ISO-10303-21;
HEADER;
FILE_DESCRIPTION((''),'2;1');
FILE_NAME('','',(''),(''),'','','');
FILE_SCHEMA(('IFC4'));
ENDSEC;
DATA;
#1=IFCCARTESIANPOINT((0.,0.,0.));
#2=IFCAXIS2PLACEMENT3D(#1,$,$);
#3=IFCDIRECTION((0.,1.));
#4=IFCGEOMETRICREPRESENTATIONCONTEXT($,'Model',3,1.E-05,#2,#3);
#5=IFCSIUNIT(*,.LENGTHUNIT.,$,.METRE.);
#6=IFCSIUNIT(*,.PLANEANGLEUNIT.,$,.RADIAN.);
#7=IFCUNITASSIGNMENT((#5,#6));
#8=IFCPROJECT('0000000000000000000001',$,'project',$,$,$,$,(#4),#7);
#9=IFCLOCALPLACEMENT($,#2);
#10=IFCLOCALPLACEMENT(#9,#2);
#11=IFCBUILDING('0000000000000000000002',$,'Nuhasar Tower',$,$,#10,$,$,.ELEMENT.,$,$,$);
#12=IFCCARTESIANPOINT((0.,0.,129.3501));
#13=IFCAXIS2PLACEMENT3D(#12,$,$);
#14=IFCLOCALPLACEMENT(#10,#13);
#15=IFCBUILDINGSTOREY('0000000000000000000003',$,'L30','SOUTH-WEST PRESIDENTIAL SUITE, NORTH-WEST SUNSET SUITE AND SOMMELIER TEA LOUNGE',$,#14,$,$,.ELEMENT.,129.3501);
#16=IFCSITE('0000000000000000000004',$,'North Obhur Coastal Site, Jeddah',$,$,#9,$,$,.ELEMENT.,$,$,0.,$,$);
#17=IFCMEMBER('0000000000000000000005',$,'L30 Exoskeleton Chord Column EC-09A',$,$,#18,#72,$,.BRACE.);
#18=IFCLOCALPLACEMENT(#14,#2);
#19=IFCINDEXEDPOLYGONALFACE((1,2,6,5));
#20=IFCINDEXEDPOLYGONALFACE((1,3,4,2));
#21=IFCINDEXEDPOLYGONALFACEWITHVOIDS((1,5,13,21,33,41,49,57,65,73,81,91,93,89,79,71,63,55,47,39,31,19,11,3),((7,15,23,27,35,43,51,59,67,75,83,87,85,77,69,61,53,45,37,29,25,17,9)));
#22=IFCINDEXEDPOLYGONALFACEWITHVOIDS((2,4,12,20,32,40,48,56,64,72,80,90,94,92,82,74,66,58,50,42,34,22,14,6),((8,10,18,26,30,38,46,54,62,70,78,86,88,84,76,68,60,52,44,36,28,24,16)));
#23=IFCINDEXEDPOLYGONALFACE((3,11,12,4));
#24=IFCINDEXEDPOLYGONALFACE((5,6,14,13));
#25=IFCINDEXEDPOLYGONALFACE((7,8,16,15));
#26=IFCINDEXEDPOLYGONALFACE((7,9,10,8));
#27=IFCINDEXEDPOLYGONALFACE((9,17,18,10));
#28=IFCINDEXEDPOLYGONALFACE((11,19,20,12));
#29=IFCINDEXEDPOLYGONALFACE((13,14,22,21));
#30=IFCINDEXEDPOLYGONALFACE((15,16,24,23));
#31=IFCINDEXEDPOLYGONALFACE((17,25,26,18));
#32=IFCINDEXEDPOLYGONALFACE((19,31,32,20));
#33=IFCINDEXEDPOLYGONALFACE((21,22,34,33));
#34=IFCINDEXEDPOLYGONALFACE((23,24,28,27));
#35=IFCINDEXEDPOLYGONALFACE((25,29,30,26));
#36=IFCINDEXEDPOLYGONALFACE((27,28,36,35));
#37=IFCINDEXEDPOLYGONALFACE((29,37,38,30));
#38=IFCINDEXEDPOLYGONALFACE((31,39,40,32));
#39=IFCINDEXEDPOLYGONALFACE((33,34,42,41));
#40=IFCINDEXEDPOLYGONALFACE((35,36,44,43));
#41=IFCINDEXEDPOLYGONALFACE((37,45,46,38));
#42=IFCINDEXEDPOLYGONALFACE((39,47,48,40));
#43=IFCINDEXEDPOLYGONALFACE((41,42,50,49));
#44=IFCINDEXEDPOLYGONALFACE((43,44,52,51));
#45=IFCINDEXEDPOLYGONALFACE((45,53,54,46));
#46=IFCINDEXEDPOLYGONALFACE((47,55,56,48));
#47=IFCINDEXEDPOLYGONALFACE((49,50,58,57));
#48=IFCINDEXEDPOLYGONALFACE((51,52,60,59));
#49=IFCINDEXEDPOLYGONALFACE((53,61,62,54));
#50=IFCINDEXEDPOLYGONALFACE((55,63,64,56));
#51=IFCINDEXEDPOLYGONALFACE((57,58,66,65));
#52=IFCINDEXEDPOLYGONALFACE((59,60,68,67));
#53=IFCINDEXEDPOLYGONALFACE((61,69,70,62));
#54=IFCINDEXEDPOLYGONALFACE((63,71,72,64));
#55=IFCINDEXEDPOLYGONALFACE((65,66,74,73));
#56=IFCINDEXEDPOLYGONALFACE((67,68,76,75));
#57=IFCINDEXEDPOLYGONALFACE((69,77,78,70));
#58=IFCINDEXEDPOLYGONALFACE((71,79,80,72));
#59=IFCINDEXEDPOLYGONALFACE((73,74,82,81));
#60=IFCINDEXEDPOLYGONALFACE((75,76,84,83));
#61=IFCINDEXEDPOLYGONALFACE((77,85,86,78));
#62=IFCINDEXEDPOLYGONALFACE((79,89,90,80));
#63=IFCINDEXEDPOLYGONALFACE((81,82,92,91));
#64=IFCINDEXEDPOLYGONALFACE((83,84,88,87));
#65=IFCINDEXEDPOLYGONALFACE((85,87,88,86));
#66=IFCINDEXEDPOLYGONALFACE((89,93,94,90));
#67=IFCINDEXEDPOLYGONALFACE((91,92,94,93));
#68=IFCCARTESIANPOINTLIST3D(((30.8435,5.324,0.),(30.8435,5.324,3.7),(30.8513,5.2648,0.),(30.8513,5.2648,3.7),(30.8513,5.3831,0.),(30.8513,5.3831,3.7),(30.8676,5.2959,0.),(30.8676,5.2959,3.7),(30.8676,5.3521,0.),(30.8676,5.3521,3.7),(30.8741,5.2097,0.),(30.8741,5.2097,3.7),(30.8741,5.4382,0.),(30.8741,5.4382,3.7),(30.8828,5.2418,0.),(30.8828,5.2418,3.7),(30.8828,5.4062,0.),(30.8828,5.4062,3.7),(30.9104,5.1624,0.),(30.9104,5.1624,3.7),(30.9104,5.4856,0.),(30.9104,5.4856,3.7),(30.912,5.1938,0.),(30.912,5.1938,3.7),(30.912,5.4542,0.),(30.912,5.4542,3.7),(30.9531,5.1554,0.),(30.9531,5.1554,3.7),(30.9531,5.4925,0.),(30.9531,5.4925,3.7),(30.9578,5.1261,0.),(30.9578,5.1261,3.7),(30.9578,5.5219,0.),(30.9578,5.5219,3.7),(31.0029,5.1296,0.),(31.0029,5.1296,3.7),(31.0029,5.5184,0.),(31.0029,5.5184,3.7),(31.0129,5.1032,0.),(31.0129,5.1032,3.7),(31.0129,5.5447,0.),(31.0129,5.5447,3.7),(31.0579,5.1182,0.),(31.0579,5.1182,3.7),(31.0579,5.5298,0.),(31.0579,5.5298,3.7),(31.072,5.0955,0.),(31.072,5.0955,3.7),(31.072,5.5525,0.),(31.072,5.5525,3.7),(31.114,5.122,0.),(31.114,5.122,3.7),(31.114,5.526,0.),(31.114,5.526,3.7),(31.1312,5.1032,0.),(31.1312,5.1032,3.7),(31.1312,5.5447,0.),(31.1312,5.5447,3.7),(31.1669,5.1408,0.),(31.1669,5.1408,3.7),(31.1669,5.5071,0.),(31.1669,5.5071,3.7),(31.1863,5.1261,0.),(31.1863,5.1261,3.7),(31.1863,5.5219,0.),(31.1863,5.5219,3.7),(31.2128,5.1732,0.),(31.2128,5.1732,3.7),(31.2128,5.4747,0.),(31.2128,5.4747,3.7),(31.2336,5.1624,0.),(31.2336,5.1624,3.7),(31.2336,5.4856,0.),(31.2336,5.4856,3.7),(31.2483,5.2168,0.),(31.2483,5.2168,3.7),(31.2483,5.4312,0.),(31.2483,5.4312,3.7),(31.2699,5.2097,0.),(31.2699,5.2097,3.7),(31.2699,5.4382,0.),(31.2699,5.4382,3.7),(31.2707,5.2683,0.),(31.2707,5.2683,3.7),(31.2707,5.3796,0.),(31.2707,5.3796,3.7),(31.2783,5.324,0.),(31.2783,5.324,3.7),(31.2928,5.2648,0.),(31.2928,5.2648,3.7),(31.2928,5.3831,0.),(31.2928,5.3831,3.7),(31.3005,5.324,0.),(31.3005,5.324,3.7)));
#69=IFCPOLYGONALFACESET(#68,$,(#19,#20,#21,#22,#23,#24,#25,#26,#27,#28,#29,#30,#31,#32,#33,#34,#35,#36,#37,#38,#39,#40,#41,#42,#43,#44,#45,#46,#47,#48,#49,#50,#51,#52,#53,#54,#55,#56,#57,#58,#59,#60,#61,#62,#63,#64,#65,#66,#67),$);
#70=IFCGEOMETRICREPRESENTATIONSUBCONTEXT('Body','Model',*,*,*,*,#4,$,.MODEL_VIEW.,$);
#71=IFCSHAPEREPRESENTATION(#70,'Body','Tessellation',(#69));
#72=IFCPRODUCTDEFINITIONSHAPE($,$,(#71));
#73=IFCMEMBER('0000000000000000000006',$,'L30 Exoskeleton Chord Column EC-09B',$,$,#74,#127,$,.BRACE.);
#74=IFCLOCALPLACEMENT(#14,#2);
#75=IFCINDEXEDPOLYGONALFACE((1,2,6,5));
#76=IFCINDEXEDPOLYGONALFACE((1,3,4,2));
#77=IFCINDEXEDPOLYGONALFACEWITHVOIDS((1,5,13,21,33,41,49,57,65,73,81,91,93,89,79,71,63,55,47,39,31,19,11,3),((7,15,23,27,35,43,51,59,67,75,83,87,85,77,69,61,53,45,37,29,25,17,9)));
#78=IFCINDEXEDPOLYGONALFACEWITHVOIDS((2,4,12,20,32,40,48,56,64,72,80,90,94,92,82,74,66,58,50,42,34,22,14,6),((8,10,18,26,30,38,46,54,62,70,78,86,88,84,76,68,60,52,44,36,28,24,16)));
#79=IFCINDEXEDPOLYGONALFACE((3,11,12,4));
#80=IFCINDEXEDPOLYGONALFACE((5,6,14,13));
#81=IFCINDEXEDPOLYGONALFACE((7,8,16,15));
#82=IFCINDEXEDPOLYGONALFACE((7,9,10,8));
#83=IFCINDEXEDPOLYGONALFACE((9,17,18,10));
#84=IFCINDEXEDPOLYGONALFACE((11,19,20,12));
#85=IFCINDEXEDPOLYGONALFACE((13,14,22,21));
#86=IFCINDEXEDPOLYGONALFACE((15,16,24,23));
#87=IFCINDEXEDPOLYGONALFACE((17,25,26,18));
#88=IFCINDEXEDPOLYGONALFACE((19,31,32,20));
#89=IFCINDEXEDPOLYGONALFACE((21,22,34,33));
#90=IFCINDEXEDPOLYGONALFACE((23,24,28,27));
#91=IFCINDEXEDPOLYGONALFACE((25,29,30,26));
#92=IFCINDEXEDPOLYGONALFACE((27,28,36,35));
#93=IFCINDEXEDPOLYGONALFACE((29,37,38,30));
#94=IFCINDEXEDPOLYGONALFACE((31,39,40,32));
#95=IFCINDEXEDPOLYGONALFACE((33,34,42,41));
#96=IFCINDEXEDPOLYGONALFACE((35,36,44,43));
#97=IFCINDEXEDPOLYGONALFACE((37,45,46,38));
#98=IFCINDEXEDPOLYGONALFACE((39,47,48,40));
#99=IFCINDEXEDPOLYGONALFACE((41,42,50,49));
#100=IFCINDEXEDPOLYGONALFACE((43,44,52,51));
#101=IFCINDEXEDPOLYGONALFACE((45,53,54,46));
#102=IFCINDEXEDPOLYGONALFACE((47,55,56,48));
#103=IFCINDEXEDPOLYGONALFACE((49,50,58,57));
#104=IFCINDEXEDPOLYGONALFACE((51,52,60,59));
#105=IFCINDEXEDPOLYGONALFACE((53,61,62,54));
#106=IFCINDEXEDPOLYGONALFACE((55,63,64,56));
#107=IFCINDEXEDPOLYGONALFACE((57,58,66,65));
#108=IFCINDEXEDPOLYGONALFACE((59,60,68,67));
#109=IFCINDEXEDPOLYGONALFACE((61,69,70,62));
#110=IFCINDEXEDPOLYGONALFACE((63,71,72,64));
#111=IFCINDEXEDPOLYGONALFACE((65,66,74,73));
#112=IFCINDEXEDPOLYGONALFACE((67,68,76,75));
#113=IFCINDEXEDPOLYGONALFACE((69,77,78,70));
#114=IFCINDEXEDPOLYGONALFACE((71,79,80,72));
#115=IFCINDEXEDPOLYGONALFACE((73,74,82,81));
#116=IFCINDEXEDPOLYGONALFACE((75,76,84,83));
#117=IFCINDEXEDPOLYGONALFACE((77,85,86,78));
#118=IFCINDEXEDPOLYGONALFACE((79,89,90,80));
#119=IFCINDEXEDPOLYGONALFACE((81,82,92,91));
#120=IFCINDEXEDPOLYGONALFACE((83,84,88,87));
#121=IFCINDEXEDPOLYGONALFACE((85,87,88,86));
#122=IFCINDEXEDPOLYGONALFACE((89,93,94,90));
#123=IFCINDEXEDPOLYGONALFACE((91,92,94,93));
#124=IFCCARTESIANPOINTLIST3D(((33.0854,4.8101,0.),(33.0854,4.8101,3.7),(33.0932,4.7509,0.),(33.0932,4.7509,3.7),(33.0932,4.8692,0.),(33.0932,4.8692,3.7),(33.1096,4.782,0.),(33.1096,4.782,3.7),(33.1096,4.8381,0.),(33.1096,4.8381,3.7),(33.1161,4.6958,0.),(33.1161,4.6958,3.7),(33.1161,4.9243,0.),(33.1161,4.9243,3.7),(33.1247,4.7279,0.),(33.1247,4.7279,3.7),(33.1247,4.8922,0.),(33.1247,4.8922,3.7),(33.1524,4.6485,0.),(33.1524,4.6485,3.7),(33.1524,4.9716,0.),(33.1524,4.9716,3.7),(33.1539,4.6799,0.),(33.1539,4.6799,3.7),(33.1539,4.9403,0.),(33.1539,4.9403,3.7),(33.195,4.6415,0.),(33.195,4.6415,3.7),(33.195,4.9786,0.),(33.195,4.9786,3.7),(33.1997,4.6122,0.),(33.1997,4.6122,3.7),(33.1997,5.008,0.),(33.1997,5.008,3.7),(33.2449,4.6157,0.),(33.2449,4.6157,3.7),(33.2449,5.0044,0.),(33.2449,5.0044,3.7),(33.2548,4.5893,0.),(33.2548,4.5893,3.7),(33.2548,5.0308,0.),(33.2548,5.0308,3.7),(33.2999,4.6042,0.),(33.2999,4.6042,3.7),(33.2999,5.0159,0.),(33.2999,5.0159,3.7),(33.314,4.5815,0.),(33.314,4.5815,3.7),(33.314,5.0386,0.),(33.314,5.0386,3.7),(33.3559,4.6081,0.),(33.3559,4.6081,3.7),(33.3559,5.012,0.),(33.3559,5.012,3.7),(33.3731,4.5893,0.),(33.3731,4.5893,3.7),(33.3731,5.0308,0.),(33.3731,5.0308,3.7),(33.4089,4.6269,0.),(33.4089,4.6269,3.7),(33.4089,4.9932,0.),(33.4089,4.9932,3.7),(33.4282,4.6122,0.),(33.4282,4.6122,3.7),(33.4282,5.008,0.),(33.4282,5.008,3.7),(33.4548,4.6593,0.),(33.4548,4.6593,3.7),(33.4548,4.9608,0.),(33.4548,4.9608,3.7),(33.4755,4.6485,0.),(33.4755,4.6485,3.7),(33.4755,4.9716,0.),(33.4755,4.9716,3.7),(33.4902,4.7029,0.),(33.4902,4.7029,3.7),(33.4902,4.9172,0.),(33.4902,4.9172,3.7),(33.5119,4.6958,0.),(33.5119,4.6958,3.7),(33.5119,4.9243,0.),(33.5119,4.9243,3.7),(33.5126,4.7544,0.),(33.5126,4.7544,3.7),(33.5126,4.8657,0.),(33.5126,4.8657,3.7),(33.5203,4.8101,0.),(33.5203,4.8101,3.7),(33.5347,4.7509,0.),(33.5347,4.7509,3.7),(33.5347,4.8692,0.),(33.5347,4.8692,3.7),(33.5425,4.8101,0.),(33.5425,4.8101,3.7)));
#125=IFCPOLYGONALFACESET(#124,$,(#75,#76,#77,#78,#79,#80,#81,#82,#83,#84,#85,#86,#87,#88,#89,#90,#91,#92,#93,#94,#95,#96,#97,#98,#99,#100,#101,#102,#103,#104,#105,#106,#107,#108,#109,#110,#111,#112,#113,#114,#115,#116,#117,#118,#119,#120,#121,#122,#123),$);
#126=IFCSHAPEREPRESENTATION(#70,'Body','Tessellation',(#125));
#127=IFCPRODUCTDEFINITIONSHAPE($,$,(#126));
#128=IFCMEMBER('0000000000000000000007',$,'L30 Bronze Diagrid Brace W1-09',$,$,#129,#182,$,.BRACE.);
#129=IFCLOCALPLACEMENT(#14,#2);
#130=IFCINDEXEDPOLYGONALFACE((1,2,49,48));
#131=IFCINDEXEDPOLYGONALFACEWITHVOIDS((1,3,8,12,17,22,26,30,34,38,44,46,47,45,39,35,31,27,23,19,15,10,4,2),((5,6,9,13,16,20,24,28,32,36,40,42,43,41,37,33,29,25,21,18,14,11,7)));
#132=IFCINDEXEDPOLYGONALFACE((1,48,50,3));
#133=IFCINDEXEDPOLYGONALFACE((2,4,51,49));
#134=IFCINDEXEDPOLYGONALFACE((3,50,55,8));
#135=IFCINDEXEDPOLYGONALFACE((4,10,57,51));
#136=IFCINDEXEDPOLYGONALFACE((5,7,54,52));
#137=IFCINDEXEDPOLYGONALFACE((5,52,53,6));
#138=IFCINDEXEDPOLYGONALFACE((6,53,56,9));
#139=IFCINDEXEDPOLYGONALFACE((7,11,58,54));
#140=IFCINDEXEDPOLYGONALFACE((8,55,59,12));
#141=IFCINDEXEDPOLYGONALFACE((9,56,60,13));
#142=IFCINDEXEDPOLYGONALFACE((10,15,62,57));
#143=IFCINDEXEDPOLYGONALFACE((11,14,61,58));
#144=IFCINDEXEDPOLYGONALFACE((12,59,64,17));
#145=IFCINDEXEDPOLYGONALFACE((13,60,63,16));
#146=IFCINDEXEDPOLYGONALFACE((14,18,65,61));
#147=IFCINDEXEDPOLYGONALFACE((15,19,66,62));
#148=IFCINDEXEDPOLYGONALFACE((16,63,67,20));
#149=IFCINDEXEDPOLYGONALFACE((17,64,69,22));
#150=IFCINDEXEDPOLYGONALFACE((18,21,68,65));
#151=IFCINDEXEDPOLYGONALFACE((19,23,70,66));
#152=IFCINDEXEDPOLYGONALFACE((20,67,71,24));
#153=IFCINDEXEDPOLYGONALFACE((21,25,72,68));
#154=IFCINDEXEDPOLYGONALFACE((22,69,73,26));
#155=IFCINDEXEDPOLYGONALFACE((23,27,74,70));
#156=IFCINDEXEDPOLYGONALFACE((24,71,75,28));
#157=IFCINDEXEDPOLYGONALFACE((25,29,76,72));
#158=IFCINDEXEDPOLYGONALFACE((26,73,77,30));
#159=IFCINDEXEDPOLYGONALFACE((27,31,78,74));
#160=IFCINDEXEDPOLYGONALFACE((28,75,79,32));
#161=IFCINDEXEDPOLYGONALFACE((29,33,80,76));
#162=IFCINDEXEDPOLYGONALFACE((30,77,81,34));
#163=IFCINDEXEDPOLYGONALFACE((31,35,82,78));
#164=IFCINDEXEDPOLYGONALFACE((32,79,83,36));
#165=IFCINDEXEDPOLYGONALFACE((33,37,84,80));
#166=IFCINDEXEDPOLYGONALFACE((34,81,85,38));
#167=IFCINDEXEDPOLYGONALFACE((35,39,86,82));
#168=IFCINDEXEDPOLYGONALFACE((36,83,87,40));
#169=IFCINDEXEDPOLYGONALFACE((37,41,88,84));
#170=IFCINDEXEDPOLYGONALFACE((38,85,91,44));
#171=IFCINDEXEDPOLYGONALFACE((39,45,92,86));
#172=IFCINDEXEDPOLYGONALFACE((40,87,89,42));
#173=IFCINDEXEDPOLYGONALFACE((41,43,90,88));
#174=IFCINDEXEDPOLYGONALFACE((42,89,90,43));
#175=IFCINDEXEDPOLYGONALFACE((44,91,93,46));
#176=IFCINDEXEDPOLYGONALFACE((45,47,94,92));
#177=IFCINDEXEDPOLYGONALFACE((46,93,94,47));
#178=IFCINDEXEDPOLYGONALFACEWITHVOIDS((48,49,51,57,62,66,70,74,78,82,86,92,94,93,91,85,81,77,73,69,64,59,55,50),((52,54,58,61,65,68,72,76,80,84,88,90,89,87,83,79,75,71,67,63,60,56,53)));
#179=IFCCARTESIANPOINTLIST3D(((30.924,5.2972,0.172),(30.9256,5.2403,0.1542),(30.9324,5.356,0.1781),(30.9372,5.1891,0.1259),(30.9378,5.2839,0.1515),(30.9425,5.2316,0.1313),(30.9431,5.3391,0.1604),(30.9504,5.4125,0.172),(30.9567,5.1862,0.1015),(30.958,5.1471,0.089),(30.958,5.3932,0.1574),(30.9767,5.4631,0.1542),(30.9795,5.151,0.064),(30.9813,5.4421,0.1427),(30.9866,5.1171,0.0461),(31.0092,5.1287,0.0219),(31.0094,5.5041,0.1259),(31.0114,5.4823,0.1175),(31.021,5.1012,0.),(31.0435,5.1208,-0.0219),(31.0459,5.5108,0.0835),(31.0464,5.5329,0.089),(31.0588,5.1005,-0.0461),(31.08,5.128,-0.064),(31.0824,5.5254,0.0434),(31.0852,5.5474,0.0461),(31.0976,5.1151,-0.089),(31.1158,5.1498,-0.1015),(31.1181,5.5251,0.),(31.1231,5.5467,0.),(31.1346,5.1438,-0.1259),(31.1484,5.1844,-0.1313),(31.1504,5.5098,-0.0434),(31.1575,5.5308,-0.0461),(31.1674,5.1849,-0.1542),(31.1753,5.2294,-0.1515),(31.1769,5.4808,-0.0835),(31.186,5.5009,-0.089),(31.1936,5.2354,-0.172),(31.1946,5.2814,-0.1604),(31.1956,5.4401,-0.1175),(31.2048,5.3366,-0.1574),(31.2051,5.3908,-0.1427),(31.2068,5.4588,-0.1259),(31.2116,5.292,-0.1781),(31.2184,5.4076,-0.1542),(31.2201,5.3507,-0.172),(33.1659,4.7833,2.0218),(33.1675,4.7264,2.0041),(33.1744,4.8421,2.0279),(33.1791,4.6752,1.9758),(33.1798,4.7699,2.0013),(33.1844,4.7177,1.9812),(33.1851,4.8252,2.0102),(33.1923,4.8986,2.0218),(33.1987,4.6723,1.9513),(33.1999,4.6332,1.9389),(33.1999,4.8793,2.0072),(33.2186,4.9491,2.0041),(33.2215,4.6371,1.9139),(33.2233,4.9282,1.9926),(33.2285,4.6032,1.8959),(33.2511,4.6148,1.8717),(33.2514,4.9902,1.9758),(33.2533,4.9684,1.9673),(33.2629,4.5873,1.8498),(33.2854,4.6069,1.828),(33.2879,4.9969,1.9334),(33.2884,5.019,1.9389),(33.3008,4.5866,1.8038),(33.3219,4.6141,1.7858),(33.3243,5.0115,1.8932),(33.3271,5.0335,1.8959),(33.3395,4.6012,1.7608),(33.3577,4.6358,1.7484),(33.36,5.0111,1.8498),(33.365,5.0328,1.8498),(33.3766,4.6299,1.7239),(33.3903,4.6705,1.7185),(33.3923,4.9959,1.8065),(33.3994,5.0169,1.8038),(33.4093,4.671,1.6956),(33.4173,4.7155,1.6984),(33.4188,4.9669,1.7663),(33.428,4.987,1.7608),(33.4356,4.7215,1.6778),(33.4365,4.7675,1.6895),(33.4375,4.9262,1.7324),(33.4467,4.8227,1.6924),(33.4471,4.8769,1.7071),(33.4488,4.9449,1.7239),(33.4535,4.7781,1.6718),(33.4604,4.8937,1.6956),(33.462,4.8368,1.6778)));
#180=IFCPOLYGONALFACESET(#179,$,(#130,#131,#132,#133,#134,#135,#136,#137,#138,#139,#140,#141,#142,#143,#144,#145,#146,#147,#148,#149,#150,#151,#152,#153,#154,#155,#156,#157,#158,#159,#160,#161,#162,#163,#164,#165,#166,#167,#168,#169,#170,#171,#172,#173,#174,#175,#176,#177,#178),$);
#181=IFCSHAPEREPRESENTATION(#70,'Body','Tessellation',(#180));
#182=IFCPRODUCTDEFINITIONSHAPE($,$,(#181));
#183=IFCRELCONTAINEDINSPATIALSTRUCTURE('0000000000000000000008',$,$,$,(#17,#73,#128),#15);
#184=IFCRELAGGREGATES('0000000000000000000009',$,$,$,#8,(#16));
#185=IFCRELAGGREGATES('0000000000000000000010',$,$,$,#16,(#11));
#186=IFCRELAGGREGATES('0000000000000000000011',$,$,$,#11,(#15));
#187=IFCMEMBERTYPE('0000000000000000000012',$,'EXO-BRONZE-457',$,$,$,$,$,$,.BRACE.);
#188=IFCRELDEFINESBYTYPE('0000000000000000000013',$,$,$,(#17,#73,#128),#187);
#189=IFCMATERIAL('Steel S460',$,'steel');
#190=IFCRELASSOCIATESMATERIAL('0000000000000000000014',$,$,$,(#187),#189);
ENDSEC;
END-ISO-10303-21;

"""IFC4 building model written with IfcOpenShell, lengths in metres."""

from ifc_helpers import new_model, si_unit, direction, frame, origin, origin_2d, place, context, subcontext, project, spatial, hollow_circle, extrude, material, material_profile, profile_set, type_object, element, save


model = new_model("IFC4")

# Units and contexts
model_context = context("Model", 3, precision=1e-05, world=origin(), true_north=direction((0.0, 1.0)))
body_context = subcontext(model_context, "Body", "Model", "MODEL_VIEW")
ifc_project = project(units=[si_unit("LENGTHUNIT", "METRE"), si_unit("PLANEANGLEUNIT", "RADIAN")], contexts=[model_context])

# Site, building, storey
site_placement = place(None, origin())
site = spatial("IfcSite", under=ifc_project, at=site_placement, Name="North Obhur Coastal Site, Jeddah", CompositionType="ELEMENT", RefElevation=0.0)
building_placement = place(site_placement, origin())
building = spatial("IfcBuilding", under=site, at=building_placement, Name="Nuhasar Tower", CompositionType="ELEMENT")
storey_placement = place(building_placement, frame((0.0, 0.0, 129.3501)))
storey = spatial("IfcBuildingStorey", under=building, at=storey_placement, Name="L30", Description="SOUTH-WEST PRESIDENTIAL SUITE, NORTH-WEST SUNSET SUITE AND SOMMELIER TEA LOUNGE", CompositionType="ELEMENT", Elevation=129.3501)

# Members
ifc_material_1 = material(Name="Steel S460", Category="steel")
ifc_material_profile_1 = material_profile(ifc_material_1, hollow_circle(Radius=0.2285, WallThickness=0.0222, at=origin_2d()), Name="HSS457X22.2")
ifc_profile_set_1 = profile_set([ifc_material_profile_1], Name="Steel S460")
member_type_1 = type_object("IfcMemberType", Name="EXO-BRONZE-457", PredefinedType="BRACE", material=ifc_profile_set_1)
for number, where, z_axis, x_axis, name in (
    (1, (31.072, 5.324, 0.0), (0.0, 0.0, 1.0), (1.0, 0.0, 0.0), "L30 Exoskeleton Chord Column EC-09A"),
    (2, (33.314, 4.8101, 0.0), (0.0, 0.0, 1.0), (1.0, 0.0, 0.0), "L30 Exoskeleton Chord Column EC-09B"),
):
    element("IfcMember", number, at=place(storey_placement, frame(where, z_axis=z_axis, x_axis=x_axis)), inside=storey, type_object=member_type_1, Name=name, PredefinedType="BRACE", context=body_context, shape_type="SweptSolid", body=[
        extrude(hollow_circle(Radius=0.2285, WallThickness=0.0222, at=origin_2d()), origin(), (0.0, 0.0, 1.0), 3.7),
    ])
member_1_placement = place(storey_placement, frame((31.072, 5.324, 0.0), z_axis=(0.75955, -0.17411, 0.626713), x_axis=(0.223433, 0.974719, 0.0)))
element("IfcMember", 3, at=member_1_placement, inside=storey, type_object=member_type_1, Name="L30 Bronze Diagrid Brace W1-09", PredefinedType="BRACE", context=body_context, shape_type="SweptSolid", body=[
    extrude(hollow_circle(Radius=0.2285, WallThickness=0.0222, at=origin_2d()), origin(), (0.0, 0.0, 1.0), 2.9517),
])

save(model, "model.ifc")
